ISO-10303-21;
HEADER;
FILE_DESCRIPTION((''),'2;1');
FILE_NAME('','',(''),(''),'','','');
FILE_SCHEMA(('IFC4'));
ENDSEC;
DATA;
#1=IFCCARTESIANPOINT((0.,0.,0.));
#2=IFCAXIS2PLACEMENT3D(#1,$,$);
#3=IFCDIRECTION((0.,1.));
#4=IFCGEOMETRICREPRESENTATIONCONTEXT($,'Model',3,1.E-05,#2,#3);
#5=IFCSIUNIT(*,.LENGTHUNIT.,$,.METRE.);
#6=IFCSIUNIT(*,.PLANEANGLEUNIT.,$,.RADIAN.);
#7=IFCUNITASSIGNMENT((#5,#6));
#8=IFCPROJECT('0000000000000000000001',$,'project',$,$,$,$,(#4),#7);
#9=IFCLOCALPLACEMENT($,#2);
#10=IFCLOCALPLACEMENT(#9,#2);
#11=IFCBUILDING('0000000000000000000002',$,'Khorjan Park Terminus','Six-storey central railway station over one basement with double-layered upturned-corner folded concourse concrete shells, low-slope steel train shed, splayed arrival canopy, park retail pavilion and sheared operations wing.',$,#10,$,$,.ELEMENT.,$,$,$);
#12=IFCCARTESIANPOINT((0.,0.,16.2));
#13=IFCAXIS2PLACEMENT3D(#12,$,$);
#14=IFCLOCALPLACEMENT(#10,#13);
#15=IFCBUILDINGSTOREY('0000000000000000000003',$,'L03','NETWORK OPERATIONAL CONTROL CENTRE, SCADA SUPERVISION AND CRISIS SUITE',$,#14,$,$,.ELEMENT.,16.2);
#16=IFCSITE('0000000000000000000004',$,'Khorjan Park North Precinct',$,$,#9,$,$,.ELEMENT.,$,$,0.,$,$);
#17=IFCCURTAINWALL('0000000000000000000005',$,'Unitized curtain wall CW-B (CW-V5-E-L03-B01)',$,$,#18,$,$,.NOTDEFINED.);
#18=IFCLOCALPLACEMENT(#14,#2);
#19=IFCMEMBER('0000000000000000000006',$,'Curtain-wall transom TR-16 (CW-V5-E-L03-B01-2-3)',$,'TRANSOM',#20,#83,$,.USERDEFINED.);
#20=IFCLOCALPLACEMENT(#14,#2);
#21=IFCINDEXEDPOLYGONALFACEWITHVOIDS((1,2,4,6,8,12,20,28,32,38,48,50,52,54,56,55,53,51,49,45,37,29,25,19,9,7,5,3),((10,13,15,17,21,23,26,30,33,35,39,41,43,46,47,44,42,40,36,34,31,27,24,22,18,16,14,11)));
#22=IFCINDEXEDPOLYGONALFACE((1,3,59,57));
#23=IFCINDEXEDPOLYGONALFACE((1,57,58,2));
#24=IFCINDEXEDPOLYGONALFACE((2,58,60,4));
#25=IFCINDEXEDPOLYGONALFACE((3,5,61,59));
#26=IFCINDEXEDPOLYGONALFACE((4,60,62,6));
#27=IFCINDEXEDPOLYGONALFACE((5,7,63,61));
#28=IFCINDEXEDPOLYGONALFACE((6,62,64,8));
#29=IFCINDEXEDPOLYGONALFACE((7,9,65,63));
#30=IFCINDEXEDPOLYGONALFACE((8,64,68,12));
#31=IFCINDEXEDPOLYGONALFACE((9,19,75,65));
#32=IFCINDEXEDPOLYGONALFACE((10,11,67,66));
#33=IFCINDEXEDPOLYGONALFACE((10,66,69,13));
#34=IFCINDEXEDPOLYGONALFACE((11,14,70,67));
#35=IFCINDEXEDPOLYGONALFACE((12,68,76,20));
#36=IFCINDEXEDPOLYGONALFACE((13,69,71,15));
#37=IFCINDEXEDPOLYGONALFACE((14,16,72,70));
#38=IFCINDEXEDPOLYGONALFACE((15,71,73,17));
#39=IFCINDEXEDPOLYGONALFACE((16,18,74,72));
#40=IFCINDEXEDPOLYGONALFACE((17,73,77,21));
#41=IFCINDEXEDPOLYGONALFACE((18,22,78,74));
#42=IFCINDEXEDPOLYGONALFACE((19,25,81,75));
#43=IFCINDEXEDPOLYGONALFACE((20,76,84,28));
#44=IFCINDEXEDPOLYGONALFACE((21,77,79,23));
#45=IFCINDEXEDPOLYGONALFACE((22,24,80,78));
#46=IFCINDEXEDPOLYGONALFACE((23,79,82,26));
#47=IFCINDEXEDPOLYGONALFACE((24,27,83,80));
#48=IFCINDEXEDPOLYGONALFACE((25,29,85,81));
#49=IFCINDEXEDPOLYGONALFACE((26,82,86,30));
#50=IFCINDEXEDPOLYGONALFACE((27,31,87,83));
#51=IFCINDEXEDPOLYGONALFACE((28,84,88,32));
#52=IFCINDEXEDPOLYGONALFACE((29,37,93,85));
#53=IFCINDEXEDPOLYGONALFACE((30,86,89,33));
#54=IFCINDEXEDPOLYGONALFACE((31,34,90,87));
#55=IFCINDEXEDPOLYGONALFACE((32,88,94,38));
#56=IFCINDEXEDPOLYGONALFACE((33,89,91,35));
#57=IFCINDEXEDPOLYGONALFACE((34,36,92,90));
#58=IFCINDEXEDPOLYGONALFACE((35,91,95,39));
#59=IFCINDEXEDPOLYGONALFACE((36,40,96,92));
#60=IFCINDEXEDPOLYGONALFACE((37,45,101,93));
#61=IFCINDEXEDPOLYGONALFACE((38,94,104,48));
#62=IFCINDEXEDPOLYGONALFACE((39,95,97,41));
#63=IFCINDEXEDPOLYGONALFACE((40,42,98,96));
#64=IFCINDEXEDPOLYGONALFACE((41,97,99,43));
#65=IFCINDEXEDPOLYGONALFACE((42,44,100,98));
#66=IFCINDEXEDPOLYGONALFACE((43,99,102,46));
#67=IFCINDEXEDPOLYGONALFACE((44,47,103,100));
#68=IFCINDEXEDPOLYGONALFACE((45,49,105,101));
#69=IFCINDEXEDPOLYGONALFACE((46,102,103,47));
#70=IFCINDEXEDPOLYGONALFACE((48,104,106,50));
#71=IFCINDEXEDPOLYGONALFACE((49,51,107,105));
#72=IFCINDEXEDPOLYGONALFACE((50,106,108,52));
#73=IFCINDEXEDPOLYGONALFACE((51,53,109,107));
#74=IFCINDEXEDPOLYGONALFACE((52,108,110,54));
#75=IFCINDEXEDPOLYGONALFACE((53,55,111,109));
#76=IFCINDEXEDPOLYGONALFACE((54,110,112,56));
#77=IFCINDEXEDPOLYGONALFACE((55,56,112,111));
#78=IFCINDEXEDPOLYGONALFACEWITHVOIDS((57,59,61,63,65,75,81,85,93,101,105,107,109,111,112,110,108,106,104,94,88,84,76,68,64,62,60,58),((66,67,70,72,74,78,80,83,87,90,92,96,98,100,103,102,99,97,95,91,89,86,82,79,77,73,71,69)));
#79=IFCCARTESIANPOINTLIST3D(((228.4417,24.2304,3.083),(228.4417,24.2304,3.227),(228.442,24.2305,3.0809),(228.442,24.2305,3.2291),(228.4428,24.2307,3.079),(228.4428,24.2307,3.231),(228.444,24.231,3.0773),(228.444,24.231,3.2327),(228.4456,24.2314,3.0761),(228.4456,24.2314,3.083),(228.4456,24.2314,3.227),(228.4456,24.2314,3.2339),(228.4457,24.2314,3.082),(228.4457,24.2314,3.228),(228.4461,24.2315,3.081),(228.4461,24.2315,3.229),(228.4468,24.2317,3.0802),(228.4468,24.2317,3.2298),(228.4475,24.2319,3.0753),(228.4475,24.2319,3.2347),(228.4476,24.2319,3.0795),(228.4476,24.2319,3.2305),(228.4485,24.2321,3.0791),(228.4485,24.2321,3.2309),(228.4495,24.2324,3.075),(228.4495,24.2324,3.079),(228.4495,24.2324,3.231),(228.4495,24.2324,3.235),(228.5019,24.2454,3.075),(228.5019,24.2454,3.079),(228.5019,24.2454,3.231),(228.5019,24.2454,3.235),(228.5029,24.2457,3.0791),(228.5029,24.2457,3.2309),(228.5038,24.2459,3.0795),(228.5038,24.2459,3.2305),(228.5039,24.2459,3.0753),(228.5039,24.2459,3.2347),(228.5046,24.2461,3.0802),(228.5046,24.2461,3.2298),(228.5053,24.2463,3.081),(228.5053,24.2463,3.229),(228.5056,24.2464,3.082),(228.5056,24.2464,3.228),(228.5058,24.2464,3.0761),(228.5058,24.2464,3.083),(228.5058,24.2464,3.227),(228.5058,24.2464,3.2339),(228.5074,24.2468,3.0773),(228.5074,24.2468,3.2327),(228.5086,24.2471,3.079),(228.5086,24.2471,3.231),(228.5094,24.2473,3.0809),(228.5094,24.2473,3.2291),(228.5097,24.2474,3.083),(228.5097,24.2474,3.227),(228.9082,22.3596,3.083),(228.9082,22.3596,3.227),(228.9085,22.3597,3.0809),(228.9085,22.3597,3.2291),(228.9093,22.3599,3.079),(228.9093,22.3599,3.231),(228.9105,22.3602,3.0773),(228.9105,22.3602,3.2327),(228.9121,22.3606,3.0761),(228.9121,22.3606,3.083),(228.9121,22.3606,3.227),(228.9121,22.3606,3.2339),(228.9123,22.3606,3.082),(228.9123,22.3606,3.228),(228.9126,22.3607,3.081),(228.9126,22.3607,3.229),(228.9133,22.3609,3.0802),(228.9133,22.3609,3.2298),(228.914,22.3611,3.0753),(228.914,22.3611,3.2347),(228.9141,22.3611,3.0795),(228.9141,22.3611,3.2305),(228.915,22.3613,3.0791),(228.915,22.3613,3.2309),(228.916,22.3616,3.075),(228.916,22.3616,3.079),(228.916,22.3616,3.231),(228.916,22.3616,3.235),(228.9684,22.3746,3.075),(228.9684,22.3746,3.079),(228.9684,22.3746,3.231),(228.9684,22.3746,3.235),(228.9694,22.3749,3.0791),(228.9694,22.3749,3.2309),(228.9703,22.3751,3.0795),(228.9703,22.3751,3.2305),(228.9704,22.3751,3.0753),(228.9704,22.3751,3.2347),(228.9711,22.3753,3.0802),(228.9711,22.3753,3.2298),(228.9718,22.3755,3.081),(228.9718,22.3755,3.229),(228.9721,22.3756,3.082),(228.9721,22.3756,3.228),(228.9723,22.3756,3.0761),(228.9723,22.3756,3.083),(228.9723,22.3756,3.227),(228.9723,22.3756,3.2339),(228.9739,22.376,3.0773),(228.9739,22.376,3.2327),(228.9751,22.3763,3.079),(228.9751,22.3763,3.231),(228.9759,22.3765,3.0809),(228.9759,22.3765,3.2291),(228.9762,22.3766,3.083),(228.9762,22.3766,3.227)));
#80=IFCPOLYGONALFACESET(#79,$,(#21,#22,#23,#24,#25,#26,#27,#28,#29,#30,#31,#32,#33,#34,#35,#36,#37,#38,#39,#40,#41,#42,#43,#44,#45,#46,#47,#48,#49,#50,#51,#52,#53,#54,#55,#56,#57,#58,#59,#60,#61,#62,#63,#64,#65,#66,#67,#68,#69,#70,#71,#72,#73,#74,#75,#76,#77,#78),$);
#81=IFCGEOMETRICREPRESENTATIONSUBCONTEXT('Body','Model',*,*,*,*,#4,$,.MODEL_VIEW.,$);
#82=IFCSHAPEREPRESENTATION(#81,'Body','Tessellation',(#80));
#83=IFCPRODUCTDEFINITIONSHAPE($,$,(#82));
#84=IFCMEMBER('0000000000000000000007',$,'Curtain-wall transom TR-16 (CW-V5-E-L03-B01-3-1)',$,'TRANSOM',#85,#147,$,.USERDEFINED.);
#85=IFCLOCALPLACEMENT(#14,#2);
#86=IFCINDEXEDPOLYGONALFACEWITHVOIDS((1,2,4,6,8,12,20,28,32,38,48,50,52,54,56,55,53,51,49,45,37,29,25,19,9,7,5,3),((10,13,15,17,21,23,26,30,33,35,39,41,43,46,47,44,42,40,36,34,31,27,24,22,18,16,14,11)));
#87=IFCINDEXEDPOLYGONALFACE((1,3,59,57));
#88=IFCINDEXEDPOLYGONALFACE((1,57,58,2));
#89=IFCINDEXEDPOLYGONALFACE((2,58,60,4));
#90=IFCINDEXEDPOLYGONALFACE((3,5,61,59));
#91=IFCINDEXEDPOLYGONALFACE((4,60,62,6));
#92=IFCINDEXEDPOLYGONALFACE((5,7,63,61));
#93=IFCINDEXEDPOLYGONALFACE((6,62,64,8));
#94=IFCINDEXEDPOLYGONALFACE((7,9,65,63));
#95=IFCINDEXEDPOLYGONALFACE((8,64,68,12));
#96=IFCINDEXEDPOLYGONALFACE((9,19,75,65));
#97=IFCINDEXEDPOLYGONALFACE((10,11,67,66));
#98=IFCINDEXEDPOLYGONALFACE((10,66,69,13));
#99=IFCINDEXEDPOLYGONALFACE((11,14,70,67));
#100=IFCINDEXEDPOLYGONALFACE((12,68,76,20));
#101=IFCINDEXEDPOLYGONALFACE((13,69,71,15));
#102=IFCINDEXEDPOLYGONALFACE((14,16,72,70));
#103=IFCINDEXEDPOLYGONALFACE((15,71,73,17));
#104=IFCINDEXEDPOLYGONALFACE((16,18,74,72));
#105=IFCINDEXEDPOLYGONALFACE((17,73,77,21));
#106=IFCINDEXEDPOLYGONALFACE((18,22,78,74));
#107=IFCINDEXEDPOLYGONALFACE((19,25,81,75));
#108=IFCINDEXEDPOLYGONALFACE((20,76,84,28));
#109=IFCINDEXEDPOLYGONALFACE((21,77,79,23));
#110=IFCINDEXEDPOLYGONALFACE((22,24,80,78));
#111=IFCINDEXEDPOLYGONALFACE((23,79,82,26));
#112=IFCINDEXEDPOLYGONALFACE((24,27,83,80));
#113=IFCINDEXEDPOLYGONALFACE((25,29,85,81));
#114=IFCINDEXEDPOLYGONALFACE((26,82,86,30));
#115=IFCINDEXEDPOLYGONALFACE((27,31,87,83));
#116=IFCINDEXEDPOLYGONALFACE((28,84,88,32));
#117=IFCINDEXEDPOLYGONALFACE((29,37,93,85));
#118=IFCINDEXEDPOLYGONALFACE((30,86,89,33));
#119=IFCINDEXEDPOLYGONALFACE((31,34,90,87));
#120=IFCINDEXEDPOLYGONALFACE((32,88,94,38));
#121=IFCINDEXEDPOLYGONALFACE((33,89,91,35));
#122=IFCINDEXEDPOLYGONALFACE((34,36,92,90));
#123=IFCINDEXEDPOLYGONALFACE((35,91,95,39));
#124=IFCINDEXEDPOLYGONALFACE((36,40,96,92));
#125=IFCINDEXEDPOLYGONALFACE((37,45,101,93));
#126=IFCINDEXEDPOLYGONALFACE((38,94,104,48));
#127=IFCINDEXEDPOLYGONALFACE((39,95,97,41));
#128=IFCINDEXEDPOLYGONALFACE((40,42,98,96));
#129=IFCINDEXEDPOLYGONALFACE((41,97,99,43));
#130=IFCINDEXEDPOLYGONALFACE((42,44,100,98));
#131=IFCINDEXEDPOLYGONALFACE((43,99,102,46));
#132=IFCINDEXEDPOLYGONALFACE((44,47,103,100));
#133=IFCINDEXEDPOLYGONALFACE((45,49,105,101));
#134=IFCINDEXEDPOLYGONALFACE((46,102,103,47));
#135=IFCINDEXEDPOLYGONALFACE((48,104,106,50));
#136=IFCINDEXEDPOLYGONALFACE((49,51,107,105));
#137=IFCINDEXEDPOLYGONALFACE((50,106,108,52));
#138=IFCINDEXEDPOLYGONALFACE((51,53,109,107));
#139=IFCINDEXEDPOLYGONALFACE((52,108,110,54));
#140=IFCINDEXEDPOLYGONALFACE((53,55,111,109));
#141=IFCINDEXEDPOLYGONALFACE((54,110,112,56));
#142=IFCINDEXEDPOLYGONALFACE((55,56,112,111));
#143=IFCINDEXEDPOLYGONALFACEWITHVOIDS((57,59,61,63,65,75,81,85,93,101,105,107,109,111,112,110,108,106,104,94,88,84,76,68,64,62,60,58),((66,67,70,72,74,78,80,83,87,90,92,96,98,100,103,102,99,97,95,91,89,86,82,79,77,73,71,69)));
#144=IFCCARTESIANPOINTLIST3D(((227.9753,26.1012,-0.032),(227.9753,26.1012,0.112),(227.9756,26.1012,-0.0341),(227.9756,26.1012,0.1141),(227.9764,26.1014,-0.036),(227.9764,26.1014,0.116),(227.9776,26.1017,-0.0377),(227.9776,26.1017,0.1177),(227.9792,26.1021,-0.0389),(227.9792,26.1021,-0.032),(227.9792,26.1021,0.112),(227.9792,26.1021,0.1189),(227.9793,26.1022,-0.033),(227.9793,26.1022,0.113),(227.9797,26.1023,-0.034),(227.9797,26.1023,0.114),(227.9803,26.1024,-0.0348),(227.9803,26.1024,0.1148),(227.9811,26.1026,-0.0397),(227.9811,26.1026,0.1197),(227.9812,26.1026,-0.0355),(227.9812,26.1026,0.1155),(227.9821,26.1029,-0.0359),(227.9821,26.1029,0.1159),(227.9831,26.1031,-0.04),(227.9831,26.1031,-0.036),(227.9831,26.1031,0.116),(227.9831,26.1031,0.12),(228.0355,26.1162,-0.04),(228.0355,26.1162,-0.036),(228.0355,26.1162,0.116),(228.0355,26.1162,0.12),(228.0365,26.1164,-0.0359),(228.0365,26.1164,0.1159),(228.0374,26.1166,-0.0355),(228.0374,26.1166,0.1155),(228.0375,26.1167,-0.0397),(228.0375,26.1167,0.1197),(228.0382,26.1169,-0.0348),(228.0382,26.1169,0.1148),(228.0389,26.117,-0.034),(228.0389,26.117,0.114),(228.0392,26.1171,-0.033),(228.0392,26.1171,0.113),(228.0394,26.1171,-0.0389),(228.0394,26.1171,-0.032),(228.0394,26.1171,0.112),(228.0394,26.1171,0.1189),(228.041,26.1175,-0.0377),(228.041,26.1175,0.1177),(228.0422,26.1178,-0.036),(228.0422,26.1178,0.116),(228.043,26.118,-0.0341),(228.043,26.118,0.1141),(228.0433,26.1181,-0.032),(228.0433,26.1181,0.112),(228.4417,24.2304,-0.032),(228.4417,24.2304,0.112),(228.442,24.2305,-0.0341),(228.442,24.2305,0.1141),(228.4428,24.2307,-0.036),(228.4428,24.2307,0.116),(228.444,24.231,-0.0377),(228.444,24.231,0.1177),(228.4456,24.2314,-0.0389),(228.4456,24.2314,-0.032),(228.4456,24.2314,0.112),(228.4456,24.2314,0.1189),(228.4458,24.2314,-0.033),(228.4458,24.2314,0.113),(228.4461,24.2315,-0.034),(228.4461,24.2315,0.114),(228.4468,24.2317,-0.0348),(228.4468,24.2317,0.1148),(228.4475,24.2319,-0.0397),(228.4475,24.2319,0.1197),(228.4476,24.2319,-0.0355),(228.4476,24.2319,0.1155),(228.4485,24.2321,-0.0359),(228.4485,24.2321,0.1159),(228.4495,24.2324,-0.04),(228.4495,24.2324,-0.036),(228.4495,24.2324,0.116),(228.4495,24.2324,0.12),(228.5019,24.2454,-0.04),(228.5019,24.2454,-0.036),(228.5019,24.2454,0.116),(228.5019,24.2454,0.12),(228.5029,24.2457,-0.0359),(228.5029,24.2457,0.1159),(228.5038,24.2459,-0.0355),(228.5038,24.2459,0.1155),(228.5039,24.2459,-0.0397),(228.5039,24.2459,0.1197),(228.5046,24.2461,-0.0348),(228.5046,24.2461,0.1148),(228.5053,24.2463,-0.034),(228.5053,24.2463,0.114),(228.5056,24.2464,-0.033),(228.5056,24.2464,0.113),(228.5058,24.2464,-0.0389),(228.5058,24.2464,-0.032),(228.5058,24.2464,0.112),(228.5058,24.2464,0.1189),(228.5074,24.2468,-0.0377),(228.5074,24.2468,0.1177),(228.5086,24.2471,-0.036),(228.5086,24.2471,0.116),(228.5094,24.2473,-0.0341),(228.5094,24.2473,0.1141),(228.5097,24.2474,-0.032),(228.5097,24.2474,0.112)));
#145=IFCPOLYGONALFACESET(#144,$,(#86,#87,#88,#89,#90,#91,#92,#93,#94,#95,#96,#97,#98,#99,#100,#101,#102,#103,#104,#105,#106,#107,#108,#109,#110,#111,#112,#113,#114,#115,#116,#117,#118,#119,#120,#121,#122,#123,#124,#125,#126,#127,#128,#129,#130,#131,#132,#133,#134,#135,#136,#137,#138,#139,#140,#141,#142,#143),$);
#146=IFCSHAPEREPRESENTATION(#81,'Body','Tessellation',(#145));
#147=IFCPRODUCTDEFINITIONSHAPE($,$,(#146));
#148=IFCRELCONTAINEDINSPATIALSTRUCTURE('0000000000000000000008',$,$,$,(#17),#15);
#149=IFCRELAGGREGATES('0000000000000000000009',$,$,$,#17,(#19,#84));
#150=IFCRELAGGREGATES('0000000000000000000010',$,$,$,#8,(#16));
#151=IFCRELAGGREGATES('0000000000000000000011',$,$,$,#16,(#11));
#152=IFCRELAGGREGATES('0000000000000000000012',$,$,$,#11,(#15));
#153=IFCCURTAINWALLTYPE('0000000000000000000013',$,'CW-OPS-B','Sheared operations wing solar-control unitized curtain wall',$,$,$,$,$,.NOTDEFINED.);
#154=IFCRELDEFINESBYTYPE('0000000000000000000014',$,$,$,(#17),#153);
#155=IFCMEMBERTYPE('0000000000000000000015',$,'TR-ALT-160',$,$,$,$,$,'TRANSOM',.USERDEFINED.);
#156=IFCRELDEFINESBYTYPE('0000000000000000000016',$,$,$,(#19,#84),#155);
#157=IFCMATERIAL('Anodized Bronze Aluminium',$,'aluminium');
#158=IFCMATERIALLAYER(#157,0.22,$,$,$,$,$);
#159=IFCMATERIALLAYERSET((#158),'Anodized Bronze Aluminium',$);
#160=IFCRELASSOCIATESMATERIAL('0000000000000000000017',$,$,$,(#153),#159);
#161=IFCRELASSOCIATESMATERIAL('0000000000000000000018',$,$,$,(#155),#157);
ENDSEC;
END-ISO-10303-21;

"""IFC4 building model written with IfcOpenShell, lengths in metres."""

from ifc_helpers import new_model, si_unit, direction, frame, origin, origin_2d, place, context, subcontext, project, spatial, hollow_rectangle, extrude, material, layer, layer_set, material_profile, profile_set, type_object, element, aggregate, save


model = new_model("IFC4")

# Units and contexts
model_context = context("Model", 3, precision=1e-05, world=origin(), true_north=direction((0.0, 1.0)))
body_context = subcontext(model_context, "Body", "Model", "MODEL_VIEW")
ifc_project = project(units=[si_unit("LENGTHUNIT", "METRE"), si_unit("PLANEANGLEUNIT", "RADIAN")], contexts=[model_context])

# Site, building, storey
site_placement = place(None, origin())
site = spatial("IfcSite", under=ifc_project, at=site_placement, Name="Khorjan Park North Precinct", CompositionType="ELEMENT", RefElevation=0.0)
building_placement = place(site_placement, origin())
building = spatial("IfcBuilding", under=site, at=building_placement, Name="Khorjan Park Terminus", Description="Six-storey central railway station over one basement with double-layered upturned-corner folded concourse concrete shells, low-slope steel train shed, splayed arrival canopy, park retail pavilion and sheared operations wing.", CompositionType="ELEMENT")
storey_placement = place(building_placement, frame((0.0, 0.0, 16.2)))
storey = spatial("IfcBuildingStorey", under=building, at=storey_placement, Name="L03", Description="NETWORK OPERATIONAL CONTROL CENTRE, SCADA SUPERVISION AND CRISIS SUITE", CompositionType="ELEMENT", Elevation=16.2)

# Curtain wall, members
ifc_material_1 = material(Name="Anodized Bronze Aluminium", Category="aluminium")
ifc_layer_1 = layer(ifc_material_1, 0.22)
ifc_layer_set_1 = layer_set([ifc_layer_1], Name="Anodized Bronze Aluminium")
curtain_wall_type = type_object("IfcCurtainWallType", Name="CW-OPS-B", Description="Sheared operations wing solar-control unitized curtain wall", PredefinedType="NOTDEFINED", material=ifc_layer_set_1)
curtain_wall_placement = place(storey_placement, origin())
curtain_wall = element("IfcCurtainWall", 1, at=curtain_wall_placement, inside=storey, type_object=curtain_wall_type, Name="Unitized curtain wall CW-B (CW-V5-E-L03-B01)", PredefinedType="NOTDEFINED")
ifc_material_profile_1 = material_profile(ifc_material_1, hollow_rectangle(XDim=0.07, YDim=0.16, WallThickness=0.004, InnerFilletRadius=0.004, OuterFilletRadius=0.008, at=origin_2d()), Name="ALT 70x160x4")
ifc_profile_set_1 = profile_set([ifc_material_profile_1], Name="Anodized Bronze Aluminium")
member_type_1 = type_object("IfcMemberType", Name="TR-ALT-160", ElementType="TRANSOM", PredefinedType="USERDEFINED", material=ifc_profile_set_1)
member_1_placement = place(storey_placement, frame((228.9422, 22.3681, 3.155), z_axis=(-0.24195, 0.970289, 0.0), x_axis=(-0.970289, -0.24195, 0.0)))
member_1 = element("IfcMember", 2, at=member_1_placement, type_object=member_type_1, Name="Curtain-wall transom TR-16 (CW-V5-E-L03-B01-2-3)", ObjectType="TRANSOM", PredefinedType="USERDEFINED", context=body_context, shape_type="SweptSolid", body=[
    extrude(hollow_rectangle(XDim=0.07, YDim=0.16, WallThickness=0.004, InnerFilletRadius=0.004, OuterFilletRadius=0.008, at=origin_2d()), origin(), (0.0, 0.0, 1.0), 1.9281),
])
member_2_placement = place(storey_placement, frame((228.4757, 24.2389, 0.04), z_axis=(-0.241913, 0.970298, 0.0), x_axis=(-0.970298, -0.241913, 0.0)))
member_2 = element("IfcMember", 3, at=member_2_placement, type_object=member_type_1, Name="Curtain-wall transom TR-16 (CW-V5-E-L03-B01-3-1)", ObjectType="TRANSOM", PredefinedType="USERDEFINED", context=body_context, shape_type="SweptSolid", body=[
    extrude(hollow_rectangle(XDim=0.07, YDim=0.16, WallThickness=0.004, InnerFilletRadius=0.004, OuterFilletRadius=0.008, at=origin_2d()), origin(), (0.0, 0.0, 1.0), 1.928),
])
aggregate(curtain_wall, [member_1, member_2])

save(model, "model.ifc")
